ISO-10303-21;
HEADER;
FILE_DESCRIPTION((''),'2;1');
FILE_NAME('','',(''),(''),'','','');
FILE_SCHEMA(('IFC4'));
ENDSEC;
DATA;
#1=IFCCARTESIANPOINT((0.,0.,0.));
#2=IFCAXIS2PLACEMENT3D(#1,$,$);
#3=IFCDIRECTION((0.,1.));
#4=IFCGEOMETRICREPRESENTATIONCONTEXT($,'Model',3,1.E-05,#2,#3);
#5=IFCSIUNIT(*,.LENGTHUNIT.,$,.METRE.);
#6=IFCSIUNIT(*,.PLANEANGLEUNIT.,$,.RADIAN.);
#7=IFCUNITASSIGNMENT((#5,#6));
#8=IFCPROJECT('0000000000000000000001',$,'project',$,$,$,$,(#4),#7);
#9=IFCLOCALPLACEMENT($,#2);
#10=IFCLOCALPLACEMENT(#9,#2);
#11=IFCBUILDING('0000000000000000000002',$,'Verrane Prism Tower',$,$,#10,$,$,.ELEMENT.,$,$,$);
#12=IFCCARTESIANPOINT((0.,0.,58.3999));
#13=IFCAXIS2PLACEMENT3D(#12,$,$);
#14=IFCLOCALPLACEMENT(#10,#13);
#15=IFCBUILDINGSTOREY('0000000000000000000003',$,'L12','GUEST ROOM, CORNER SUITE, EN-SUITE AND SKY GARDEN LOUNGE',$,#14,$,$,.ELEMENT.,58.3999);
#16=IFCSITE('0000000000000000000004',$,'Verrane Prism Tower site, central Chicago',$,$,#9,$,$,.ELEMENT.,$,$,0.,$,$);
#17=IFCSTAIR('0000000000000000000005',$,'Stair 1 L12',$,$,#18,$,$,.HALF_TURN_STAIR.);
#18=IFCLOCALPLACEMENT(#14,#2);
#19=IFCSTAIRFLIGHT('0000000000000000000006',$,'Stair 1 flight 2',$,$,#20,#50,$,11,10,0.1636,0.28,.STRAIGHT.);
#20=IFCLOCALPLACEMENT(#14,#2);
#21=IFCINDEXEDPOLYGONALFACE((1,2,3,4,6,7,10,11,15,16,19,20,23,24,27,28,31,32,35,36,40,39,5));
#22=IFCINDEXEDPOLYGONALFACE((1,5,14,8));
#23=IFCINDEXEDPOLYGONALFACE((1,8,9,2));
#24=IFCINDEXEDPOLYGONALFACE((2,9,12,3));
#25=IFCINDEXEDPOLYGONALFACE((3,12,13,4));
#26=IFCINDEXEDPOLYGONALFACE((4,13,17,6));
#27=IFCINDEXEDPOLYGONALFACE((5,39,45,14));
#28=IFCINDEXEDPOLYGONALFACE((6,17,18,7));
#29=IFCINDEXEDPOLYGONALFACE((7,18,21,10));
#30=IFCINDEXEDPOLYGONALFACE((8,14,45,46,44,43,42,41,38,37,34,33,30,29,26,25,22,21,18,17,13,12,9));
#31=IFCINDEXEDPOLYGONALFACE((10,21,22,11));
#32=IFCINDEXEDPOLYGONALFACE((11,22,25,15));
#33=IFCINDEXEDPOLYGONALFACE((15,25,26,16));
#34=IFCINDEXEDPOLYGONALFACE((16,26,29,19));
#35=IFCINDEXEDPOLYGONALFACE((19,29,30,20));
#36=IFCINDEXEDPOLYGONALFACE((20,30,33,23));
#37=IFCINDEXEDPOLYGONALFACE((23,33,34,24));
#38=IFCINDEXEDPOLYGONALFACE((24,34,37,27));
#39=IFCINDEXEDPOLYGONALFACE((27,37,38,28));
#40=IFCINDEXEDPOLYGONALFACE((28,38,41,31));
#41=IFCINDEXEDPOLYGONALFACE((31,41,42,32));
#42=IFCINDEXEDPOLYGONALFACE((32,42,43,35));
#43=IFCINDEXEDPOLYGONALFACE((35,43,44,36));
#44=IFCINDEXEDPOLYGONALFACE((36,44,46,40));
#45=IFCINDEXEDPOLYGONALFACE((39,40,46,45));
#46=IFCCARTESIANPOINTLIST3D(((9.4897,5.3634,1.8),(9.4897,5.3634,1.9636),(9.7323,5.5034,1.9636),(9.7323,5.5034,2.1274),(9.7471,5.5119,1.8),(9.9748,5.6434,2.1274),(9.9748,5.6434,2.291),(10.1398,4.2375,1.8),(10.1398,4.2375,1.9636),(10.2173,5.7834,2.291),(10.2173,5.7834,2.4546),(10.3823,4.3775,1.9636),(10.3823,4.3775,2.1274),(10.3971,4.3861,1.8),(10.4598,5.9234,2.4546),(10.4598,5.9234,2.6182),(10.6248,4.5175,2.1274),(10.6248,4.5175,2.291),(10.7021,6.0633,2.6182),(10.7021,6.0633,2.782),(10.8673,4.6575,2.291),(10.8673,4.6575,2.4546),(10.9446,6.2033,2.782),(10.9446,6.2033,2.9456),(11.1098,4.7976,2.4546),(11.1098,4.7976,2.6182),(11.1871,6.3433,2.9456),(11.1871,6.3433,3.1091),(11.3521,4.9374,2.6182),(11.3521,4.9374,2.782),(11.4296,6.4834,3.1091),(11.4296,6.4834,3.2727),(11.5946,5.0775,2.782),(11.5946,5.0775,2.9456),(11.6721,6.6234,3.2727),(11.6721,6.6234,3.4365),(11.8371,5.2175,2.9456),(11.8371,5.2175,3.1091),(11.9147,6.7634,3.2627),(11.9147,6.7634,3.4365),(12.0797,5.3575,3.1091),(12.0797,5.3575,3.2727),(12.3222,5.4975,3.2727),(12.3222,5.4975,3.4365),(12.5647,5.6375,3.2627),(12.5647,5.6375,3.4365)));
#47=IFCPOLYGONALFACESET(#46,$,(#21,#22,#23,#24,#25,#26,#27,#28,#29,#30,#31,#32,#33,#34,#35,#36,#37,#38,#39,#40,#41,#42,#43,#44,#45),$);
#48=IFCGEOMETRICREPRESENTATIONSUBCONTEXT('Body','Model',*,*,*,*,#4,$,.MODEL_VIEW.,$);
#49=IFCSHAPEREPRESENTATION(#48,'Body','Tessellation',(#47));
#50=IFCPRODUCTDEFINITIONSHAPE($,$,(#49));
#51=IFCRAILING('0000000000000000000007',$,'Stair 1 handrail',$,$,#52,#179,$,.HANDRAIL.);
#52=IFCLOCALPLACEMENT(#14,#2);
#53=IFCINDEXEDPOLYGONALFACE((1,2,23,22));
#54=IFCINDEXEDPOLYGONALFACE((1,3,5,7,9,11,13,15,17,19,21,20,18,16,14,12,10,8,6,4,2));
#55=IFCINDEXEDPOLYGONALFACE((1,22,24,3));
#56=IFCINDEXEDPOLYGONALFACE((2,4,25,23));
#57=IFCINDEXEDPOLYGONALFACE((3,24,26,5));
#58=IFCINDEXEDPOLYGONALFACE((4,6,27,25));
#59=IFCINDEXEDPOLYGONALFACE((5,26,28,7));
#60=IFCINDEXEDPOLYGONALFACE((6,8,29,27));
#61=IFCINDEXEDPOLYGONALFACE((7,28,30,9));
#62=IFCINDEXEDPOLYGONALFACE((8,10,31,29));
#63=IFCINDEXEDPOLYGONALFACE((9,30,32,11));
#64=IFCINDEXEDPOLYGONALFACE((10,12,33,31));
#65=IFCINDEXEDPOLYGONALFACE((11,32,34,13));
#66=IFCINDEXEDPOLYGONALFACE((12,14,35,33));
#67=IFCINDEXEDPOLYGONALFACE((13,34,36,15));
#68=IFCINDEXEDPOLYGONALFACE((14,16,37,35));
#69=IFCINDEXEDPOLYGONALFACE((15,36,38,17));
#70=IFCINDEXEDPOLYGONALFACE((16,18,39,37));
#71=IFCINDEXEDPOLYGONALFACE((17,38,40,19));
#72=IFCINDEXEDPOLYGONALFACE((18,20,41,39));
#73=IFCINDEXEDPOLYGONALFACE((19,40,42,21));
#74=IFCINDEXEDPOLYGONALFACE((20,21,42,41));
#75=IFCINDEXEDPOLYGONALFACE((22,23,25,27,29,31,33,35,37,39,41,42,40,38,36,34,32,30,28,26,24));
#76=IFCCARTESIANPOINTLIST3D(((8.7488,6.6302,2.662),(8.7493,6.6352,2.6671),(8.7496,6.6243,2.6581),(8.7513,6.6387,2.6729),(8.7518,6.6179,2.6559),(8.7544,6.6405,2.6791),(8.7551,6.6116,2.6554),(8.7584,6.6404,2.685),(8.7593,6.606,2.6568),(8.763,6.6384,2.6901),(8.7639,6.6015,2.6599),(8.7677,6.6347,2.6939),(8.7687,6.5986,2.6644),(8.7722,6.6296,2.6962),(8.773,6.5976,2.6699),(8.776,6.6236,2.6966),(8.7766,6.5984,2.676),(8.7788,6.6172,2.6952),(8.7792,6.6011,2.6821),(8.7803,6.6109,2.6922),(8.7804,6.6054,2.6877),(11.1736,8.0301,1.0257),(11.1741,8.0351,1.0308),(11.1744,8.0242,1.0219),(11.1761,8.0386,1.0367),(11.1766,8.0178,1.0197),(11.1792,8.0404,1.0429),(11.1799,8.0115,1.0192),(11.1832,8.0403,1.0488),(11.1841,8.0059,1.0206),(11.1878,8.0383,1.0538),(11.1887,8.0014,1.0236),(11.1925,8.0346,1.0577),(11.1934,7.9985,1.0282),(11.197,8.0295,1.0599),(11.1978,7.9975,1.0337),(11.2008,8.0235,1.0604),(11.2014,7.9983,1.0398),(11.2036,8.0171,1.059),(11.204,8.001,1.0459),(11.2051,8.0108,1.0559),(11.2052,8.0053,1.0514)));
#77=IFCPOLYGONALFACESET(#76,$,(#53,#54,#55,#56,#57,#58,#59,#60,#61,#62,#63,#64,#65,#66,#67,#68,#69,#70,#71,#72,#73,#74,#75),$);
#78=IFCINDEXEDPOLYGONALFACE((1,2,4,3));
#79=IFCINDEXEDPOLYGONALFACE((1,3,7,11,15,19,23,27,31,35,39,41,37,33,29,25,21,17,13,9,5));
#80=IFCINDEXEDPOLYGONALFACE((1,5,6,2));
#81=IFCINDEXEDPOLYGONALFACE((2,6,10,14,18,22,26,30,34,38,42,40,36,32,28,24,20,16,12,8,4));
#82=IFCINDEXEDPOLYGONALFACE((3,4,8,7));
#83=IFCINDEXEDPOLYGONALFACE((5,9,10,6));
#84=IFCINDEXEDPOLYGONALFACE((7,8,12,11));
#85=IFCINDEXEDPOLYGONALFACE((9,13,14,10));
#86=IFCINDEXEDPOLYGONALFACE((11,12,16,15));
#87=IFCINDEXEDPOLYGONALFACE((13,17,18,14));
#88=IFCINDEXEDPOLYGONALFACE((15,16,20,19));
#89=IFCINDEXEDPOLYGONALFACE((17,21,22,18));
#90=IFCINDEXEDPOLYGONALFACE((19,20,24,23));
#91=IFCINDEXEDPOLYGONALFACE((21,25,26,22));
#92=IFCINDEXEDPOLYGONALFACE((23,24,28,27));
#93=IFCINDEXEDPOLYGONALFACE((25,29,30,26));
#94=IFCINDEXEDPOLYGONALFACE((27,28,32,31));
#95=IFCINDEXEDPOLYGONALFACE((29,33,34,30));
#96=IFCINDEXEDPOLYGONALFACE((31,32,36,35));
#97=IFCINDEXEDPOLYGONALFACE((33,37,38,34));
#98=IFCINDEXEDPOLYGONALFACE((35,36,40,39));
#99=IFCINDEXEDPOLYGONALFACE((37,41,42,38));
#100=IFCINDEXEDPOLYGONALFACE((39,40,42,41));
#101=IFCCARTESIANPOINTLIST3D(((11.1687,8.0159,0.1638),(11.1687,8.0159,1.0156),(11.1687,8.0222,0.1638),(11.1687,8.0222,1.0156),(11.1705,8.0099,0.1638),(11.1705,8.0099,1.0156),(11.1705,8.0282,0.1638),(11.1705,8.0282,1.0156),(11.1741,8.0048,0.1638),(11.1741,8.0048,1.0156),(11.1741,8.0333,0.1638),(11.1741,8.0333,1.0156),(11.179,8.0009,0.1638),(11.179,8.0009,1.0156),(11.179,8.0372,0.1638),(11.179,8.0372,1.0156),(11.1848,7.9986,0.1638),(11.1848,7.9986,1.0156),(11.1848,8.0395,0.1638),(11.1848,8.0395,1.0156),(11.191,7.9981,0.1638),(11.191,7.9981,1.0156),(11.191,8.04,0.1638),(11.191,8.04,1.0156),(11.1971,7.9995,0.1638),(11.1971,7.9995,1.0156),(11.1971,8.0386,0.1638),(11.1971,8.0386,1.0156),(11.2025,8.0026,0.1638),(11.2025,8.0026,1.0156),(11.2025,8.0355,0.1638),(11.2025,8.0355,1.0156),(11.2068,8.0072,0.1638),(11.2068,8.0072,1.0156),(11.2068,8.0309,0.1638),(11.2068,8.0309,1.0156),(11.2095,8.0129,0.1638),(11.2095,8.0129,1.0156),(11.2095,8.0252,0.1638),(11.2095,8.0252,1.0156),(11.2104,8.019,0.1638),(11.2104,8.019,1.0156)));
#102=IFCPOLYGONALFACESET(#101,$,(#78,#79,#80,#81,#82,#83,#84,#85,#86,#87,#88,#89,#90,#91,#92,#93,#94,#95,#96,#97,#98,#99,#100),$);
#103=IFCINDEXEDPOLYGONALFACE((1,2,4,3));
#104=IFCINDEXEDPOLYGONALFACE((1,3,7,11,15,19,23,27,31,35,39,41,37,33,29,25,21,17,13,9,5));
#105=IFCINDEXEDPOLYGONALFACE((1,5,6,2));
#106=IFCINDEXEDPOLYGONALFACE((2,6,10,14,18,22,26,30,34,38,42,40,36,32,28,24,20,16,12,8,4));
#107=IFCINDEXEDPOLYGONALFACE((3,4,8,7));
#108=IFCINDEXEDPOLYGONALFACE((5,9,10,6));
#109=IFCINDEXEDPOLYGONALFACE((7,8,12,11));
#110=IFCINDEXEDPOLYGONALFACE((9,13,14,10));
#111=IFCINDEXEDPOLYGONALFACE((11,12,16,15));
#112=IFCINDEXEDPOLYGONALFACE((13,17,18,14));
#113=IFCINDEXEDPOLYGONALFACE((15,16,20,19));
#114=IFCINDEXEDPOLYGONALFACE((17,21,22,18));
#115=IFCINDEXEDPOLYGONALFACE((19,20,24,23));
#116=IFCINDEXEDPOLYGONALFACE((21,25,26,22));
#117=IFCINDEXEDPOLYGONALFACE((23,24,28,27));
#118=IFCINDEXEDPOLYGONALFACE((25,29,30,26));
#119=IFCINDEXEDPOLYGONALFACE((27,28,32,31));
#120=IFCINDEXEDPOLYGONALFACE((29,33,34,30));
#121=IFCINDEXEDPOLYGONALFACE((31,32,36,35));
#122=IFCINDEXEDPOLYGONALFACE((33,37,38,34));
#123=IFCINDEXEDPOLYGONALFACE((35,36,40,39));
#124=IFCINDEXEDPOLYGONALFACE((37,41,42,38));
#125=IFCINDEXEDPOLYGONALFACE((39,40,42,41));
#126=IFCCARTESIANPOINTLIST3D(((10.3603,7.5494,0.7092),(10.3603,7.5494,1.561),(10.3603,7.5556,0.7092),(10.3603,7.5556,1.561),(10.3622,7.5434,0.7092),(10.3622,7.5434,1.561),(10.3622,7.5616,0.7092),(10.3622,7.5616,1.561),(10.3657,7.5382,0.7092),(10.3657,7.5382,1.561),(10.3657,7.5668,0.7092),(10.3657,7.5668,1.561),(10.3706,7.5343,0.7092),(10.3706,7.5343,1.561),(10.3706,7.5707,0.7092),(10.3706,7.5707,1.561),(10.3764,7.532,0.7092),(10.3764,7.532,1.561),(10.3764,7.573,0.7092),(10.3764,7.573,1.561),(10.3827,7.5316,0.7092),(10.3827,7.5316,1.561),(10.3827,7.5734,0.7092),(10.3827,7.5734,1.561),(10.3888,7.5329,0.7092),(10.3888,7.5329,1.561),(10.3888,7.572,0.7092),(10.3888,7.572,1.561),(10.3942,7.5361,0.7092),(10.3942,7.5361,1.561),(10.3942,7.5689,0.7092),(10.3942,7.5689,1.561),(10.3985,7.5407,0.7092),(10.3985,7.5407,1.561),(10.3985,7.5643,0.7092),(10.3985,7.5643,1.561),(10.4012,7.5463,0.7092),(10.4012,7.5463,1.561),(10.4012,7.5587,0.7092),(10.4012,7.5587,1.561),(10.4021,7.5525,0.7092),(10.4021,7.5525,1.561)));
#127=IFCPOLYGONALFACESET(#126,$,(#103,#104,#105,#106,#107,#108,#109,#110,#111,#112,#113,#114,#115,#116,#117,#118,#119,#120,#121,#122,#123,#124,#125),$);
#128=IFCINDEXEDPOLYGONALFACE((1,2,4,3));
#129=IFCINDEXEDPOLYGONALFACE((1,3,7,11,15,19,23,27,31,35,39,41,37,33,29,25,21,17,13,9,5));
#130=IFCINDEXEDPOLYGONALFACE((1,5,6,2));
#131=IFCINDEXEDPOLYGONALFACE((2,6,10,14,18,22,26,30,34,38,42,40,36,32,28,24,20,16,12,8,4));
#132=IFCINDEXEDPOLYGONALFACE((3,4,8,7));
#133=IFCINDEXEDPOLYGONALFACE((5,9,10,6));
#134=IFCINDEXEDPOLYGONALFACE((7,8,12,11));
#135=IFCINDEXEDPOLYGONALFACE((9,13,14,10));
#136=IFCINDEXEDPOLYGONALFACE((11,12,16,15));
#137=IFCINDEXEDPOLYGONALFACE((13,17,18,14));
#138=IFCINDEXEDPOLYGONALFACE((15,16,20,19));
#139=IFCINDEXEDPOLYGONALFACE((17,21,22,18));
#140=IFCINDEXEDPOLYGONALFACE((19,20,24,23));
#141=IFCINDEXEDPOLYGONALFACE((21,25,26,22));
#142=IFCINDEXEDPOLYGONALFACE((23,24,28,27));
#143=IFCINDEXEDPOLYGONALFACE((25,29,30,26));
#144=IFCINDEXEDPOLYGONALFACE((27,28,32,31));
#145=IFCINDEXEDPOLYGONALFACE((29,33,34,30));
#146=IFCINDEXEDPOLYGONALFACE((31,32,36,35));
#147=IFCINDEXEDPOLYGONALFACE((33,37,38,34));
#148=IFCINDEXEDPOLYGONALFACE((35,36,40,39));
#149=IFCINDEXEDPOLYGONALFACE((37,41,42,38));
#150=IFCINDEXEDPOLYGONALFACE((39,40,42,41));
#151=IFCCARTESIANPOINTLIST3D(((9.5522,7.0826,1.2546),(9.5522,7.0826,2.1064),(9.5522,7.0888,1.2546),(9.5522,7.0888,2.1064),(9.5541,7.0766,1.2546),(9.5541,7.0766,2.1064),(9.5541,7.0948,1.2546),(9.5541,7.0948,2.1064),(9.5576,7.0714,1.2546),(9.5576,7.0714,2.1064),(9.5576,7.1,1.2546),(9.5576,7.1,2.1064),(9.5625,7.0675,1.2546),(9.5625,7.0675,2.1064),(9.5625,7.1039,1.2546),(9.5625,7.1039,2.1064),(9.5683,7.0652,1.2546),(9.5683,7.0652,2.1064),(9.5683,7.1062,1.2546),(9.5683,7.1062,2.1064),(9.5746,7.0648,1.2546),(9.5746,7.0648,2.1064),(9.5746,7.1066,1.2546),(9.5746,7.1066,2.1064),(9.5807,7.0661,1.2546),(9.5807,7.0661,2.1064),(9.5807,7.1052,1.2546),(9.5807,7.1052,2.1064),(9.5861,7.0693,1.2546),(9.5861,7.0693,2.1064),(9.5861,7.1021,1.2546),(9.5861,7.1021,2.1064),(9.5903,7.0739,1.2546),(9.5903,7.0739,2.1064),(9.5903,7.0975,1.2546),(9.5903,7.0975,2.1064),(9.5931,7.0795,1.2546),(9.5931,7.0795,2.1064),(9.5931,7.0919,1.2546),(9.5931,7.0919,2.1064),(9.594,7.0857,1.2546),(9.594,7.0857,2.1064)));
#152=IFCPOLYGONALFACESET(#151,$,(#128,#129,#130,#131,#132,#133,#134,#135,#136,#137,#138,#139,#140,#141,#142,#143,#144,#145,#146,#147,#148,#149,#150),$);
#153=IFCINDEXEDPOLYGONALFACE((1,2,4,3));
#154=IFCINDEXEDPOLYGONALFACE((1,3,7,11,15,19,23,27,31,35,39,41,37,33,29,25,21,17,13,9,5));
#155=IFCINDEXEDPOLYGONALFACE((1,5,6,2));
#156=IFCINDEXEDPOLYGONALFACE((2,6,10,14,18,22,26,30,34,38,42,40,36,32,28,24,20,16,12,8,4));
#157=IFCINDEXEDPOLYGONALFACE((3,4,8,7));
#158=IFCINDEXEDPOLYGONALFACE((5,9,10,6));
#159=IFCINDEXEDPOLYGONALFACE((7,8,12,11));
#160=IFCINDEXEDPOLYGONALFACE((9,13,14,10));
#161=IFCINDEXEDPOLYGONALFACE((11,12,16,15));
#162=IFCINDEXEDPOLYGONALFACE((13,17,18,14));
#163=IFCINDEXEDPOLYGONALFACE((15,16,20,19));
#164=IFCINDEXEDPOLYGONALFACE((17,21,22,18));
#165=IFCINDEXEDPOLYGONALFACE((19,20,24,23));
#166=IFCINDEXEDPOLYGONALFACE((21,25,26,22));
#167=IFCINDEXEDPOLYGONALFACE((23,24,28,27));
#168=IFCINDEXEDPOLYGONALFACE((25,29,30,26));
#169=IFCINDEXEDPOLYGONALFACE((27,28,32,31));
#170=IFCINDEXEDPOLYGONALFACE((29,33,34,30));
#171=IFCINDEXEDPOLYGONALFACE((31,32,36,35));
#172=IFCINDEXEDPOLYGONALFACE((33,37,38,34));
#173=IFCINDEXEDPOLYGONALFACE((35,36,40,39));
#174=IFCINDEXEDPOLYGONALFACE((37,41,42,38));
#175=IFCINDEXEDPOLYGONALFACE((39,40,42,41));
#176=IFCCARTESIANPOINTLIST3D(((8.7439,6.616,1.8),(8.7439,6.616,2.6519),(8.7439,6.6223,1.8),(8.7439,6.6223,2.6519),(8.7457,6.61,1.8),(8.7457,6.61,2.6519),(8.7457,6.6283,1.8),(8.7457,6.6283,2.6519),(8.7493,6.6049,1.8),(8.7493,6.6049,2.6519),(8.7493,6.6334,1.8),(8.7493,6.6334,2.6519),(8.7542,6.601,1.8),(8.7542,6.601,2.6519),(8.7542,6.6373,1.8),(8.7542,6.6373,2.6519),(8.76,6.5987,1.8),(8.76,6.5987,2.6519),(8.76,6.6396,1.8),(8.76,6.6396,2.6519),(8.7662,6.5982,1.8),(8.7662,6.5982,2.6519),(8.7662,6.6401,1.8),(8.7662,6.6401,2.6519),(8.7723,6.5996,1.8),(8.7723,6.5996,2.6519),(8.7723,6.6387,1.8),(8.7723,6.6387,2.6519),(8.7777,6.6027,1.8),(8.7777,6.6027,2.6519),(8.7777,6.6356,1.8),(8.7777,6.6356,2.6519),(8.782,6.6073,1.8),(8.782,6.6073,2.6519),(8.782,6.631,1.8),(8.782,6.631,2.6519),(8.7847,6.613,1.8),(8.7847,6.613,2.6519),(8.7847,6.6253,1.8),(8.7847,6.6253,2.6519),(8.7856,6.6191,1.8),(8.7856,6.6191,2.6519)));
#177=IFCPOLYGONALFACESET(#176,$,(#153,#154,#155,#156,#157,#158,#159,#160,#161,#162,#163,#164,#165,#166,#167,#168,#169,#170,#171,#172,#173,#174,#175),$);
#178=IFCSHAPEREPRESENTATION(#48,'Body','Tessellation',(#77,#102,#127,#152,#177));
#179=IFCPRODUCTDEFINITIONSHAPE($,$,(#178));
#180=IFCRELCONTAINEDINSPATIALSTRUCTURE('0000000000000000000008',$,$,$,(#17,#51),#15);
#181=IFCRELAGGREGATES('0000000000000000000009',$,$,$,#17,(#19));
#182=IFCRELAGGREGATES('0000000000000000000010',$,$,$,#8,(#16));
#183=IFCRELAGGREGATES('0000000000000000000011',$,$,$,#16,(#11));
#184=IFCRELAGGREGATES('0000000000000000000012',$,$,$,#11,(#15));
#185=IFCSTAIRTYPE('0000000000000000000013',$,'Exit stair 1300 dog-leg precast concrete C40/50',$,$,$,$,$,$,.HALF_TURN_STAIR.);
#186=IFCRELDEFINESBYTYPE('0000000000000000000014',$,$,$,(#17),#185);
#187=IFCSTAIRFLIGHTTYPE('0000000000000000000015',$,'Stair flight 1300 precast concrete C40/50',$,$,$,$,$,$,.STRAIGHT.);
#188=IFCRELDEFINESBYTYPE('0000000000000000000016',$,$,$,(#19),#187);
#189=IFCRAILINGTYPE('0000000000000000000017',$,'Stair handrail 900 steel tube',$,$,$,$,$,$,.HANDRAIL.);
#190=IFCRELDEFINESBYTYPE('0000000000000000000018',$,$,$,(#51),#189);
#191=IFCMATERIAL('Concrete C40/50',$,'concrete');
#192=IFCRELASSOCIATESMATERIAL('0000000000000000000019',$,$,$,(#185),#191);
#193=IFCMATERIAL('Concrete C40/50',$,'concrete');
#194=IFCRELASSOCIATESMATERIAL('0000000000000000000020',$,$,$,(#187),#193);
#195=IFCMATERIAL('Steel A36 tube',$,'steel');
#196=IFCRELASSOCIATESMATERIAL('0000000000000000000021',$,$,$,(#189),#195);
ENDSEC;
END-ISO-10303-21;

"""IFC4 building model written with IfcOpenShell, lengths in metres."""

from ifc_helpers import new_model, si_unit, direction, frame, origin, origin_2d, place, context, subcontext, project, spatial, polyline, circle, outline, extrude, material, type_object, element, aggregate, save


model = new_model("IFC4")

# Units and contexts
model_context = context("Model", 3, precision=1e-05, world=origin(), true_north=direction((0.0, 1.0)))
body_context = subcontext(model_context, "Body", "Model", "MODEL_VIEW")
ifc_project = project(units=[si_unit("LENGTHUNIT", "METRE"), si_unit("PLANEANGLEUNIT", "RADIAN")], contexts=[model_context])

# Site, building, storey
site_placement = place(None, origin())
site = spatial("IfcSite", under=ifc_project, at=site_placement, Name="Verrane Prism Tower site, central Chicago", CompositionType="ELEMENT", RefElevation=0.0)
building_placement = place(site_placement, origin())
building = spatial("IfcBuilding", under=site, at=building_placement, Name="Verrane Prism Tower", CompositionType="ELEMENT")
storey_placement = place(building_placement, frame((0.0, 0.0, 58.3999)))
storey = spatial("IfcBuildingStorey", under=building, at=storey_placement, Name="L12", Description="GUEST ROOM, CORNER SUITE, EN-SUITE AND SKY GARDEN LOUNGE", CompositionType="ELEMENT", Elevation=58.3999)

# Stair, stair flight
ifc_material_1 = material(Name="Concrete C40/50", Category="concrete")
stair_type = type_object("IfcStairType", Name="Exit stair 1300 dog-leg precast concrete C40/50", PredefinedType="HALF_TURN_STAIR", material=ifc_material_1)
stair_placement = place(storey_placement, origin())
stair = element("IfcStair", 1, at=stair_placement, inside=storey, type_object=stair_type, Name="Stair 1 L12", PredefinedType="HALF_TURN_STAIR")
ifc_material_2 = material(Name="Concrete C40/50", Category="concrete")
stair_flight_type = type_object("IfcStairFlightType", Name="Stair flight 1300 precast concrete C40/50", PredefinedType="STRAIGHT", material=ifc_material_2)
stair_flight_1_placement = place(storey_placement, frame((9.8147, 4.8005, 1.8), z_axis=(0.0, 0.0, 1.0), x_axis=(0.866025, 0.5, 0.0)))
stair_flight_1 = element("IfcStairFlight", 2, at=stair_flight_1_placement, type_object=stair_flight_type, Name="Stair 1 flight 2", NumberOfRisers=11, NumberOfTreads=10, PredefinedType="STRAIGHT", RiserHeight=0.1636, TreadLength=0.28, context=body_context, shape_type="SweptSolid", body=[
    extrude(outline(polyline([(0.0, 0.0), (0.0, 0.1636), (0.28, 0.1636), (0.28, 0.3274), (0.5601, 0.3274), (0.5601, 0.491), (0.8401, 0.491), (0.8401, 0.6545), (1.1201, 0.6545), (1.1201, 0.8181), (1.3999, 0.8181), (1.3999, 0.9819), (1.6799, 0.9819), (1.6799, 1.1455), (1.96, 1.1455), (1.96, 1.3091), (2.24, 1.3091), (2.24, 1.4727), (2.52, 1.4727), (2.52, 1.6365), (2.8, 1.6365), (2.8, 1.8), (2.8, 1.4626), (0.2971, 0.0), (0.0, 0.0)])), frame((0.0, 0.6499, 0.0), z_axis=(0.0, -1.0, 0.0), x_axis=(1.0, 0.0, 0.0)), (0.0, 0.0, 1.0), 1.3),
])
aggregate(stair, [stair_flight_1])

# Railing
ifc_material_3 = material(Name="Steel A36 tube", Category="steel")
railing_type_1 = type_object("IfcRailingType", Name="Stair handrail 900 steel tube", PredefinedType="HANDRAIL", material=ifc_material_3)
railing_1_placement = place(storey_placement, frame((11.1895, 8.019, 0.1638)))
element("IfcRailing", 3, at=railing_1_placement, inside=storey, type_object=railing_type_1, Name="Stair 1 handrail", PredefinedType="HANDRAIL", context=body_context, shape_type="SweptSolid", body=[
    extrude(circle(Radius=0.0239, at=origin_2d()), frame((0.0, 0.0, 0.876), z_axis=(-0.747718, -0.431677, 0.504552), x_axis=(0.499984, -0.866035, 0.0)), (0.0, 0.0, 1.0), 3.2429),
    extrude(circle(Radius=0.021, at=origin_2d()), origin(), (0.0, 0.0, 1.0), 0.8518),
    extrude(circle(Radius=0.021, at=origin_2d()), frame((-0.8083, -0.4666, 0.5454)), (0.0, 0.0, 1.0), 0.8518),
    extrude(circle(Radius=0.021, at=origin_2d()), frame((-1.6165, -0.9333, 1.0908)), (0.0, 0.0, 1.0), 0.8518),
    extrude(circle(Radius=0.021, at=origin_2d()), frame((-2.4248, -1.3999, 1.6362)), (0.0, 0.0, 1.0), 0.8518),
])

save(model, "model.ifc")
